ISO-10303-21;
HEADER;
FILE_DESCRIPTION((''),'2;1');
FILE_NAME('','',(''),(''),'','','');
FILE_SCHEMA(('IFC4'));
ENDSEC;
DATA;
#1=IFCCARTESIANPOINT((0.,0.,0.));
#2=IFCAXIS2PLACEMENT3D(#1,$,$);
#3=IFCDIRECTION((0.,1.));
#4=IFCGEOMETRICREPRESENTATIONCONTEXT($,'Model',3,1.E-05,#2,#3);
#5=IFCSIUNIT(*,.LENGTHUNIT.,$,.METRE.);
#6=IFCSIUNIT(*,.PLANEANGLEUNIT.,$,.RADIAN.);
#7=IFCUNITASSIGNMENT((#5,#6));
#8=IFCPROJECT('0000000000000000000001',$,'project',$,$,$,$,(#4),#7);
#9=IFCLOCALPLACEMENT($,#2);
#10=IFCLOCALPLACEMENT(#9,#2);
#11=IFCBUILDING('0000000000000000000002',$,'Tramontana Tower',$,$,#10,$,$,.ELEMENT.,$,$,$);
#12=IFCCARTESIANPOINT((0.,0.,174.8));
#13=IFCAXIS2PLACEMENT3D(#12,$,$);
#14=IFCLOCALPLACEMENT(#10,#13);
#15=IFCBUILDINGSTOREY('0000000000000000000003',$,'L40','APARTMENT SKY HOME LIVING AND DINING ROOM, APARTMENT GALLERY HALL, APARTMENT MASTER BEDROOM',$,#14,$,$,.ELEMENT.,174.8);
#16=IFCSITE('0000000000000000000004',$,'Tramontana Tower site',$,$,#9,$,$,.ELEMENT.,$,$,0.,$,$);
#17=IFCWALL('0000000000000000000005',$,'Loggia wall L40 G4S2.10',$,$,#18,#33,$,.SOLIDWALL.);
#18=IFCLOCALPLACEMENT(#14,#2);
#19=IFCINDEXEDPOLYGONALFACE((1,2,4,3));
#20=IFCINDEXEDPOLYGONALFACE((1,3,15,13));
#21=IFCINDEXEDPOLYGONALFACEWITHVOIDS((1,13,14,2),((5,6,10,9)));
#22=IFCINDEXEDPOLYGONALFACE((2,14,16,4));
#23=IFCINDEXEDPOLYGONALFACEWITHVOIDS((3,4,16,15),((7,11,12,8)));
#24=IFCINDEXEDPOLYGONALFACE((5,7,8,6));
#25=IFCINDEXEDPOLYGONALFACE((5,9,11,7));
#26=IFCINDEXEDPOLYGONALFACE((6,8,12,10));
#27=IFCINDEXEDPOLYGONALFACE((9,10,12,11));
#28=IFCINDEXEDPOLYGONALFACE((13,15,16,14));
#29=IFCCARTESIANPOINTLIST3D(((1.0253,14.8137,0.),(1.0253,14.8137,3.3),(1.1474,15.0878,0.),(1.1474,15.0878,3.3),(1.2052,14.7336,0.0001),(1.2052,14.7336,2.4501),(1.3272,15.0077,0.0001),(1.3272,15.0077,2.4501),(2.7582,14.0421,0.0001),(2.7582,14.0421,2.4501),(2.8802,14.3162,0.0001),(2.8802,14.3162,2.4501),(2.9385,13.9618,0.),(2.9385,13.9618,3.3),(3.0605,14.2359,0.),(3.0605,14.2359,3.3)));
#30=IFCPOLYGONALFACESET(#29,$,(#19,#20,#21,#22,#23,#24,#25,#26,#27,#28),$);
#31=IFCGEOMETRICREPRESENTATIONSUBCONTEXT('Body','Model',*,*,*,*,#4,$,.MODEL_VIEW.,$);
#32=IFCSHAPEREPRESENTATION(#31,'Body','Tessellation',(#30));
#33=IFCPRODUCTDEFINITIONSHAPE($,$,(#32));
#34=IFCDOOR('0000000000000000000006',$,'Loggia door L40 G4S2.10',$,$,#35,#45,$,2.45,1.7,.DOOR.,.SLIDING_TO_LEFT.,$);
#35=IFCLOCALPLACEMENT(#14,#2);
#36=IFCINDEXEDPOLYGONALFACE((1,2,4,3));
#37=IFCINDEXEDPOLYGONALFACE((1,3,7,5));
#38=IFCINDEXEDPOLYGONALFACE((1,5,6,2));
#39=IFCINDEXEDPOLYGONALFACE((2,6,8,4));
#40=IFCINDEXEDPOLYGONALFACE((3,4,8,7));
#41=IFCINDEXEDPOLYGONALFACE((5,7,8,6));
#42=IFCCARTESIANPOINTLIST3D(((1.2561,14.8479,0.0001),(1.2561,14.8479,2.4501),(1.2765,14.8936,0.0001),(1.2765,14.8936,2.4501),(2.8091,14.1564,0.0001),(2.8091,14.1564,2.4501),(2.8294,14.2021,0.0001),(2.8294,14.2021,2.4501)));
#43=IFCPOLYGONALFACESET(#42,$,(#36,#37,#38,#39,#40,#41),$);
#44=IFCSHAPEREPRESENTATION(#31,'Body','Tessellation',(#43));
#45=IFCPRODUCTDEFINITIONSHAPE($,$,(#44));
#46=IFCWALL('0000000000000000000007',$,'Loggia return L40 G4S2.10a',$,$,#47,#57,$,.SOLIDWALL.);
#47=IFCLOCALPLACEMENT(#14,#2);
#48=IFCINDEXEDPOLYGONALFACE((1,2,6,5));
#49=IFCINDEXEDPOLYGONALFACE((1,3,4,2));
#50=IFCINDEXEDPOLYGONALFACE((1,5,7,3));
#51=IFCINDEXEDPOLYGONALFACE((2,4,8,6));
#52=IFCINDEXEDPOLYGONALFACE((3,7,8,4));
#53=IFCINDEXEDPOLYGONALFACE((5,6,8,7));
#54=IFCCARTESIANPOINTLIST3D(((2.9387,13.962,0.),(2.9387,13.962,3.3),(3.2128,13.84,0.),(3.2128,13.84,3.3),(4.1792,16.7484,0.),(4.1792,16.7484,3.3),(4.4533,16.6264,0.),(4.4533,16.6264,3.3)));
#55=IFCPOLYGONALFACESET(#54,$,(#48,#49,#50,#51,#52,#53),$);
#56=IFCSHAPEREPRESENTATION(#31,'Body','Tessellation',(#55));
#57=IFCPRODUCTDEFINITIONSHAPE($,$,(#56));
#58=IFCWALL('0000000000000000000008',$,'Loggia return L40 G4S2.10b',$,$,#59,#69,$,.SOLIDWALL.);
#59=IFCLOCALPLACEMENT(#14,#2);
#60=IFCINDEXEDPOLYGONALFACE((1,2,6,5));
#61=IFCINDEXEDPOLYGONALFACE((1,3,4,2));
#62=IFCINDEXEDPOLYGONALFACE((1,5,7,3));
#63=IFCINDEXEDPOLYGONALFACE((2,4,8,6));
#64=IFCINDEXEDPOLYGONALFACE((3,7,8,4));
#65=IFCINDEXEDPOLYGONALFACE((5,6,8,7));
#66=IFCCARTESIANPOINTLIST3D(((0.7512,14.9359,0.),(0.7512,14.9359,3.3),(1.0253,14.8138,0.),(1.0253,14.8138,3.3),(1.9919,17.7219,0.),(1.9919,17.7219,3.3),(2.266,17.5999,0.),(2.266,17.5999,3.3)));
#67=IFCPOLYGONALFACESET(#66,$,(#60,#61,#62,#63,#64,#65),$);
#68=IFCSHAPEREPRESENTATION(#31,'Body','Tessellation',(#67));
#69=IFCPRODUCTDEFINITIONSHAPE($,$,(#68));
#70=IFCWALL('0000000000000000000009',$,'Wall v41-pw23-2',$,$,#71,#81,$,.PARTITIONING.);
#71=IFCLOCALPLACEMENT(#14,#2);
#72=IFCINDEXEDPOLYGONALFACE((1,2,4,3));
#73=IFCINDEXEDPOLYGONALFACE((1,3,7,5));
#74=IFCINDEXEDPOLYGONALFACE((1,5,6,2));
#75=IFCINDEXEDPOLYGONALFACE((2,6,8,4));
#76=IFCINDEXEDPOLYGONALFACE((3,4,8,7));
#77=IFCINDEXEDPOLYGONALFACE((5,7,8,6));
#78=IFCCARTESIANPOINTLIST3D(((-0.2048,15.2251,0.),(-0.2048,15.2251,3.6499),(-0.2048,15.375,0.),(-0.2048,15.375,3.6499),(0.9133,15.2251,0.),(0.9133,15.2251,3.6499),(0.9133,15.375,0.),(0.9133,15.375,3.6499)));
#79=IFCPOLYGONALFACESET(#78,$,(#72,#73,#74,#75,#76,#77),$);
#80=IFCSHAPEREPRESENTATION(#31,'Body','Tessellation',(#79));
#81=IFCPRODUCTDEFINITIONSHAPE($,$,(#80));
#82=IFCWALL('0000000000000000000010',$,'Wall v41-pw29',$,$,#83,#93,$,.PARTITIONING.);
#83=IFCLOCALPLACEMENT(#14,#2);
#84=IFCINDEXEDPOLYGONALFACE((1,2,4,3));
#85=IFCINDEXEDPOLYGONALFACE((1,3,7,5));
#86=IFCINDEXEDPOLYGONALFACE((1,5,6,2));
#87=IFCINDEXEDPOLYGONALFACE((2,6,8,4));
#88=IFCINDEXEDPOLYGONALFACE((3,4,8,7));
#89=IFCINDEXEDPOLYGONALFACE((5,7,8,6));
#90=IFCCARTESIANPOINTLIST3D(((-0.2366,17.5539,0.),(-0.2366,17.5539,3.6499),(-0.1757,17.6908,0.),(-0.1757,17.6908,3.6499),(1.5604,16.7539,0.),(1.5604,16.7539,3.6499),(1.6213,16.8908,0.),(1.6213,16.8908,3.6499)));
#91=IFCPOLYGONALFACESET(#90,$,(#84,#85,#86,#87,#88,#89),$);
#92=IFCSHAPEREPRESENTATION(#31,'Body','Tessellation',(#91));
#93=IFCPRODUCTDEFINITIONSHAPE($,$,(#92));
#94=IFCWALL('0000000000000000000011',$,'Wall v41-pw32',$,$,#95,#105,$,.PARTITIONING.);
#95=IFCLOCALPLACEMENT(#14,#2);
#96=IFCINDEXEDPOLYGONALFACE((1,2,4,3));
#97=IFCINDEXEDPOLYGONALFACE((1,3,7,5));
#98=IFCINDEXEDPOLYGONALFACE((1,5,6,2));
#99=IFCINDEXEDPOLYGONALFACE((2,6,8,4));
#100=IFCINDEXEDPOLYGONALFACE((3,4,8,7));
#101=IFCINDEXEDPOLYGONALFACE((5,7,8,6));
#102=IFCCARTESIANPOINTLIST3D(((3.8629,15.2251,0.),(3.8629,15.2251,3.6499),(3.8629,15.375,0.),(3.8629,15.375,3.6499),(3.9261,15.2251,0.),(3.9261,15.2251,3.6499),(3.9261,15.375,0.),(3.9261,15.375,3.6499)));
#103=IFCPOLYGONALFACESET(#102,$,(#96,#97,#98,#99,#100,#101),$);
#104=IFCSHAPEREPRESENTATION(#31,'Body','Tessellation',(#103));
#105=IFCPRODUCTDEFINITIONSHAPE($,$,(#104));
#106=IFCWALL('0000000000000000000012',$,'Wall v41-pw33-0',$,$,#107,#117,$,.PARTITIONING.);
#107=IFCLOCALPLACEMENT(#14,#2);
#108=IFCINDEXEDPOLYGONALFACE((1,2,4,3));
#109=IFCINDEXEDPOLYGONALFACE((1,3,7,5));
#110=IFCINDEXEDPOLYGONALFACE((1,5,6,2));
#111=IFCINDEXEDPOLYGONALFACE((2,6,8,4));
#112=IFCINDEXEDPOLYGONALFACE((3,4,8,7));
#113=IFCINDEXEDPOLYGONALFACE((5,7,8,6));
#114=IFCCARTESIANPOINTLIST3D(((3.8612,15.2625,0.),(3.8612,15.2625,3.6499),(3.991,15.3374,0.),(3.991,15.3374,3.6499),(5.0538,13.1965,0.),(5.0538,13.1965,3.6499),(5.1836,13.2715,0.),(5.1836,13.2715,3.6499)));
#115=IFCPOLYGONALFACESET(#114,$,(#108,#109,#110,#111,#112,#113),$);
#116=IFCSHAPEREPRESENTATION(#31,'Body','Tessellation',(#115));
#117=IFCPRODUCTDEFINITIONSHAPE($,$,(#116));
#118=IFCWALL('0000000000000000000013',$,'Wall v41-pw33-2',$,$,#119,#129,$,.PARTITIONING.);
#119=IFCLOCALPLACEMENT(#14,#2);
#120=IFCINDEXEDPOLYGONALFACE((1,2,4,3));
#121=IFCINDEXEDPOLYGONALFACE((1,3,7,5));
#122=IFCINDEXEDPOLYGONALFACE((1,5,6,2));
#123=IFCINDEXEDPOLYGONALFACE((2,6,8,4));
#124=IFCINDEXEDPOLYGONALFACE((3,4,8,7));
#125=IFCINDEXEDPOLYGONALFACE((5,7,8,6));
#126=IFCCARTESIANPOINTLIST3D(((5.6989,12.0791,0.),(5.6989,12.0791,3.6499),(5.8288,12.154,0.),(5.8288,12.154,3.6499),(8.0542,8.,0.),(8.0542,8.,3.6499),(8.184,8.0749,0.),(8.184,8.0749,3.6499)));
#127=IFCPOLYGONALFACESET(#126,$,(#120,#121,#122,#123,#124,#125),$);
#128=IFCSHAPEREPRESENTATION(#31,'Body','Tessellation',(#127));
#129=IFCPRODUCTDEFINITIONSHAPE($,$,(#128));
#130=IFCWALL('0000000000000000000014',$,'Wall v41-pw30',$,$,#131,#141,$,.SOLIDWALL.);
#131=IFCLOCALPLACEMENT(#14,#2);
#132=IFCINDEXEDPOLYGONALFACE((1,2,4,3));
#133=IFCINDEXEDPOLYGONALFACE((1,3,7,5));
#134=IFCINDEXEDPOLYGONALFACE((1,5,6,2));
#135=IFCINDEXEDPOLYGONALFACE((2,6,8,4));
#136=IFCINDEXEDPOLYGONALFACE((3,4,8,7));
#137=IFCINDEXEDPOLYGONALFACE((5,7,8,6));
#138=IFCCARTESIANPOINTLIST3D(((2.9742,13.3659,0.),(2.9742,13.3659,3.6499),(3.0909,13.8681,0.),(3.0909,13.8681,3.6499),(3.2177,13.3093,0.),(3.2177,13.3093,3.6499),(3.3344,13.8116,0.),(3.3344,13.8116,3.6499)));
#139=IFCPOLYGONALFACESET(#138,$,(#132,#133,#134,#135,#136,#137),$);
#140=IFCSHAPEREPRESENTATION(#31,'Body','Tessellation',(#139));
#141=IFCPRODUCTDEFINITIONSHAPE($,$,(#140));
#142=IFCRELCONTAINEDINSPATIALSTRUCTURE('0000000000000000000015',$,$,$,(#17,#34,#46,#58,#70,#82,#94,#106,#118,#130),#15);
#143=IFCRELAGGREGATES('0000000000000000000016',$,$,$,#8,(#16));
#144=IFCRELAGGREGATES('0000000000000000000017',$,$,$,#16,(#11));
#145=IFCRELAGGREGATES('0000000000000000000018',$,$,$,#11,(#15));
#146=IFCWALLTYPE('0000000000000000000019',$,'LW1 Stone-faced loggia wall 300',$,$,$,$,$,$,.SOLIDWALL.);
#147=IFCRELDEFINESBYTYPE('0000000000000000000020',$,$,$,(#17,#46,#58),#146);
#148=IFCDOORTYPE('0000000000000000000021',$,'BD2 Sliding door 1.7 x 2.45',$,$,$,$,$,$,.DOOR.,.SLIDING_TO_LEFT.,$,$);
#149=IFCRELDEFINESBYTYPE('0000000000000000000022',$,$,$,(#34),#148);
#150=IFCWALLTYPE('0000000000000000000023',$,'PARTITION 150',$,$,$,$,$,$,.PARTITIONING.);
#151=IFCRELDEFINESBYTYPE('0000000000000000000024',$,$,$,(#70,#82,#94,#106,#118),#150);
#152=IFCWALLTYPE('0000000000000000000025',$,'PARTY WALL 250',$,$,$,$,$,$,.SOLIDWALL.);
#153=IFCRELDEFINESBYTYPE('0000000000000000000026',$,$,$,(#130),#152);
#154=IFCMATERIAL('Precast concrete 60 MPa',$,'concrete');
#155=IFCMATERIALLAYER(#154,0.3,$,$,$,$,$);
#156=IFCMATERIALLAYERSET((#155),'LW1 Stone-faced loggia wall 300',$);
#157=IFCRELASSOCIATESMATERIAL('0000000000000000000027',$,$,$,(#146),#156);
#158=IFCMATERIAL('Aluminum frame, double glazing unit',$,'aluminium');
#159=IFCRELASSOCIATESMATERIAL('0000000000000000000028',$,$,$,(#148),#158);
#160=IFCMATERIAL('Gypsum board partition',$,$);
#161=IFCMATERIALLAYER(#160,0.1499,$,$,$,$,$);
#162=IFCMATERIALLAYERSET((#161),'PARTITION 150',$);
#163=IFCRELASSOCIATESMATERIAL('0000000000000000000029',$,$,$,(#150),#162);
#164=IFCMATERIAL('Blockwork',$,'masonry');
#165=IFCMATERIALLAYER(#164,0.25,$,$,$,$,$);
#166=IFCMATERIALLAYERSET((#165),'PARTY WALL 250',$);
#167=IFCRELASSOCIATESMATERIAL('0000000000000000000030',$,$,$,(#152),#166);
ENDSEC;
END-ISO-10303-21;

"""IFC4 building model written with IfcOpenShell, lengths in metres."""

from ifc_helpers import new_model, si_unit, direction, frame, frame_2d, origin, place, context, subcontext, project, spatial, rectangle, extrude, material, layer, layer_set, type_object, element, fill, save


model = new_model("IFC4")

# Units and contexts
model_context = context("Model", 3, precision=1e-05, world=origin(), true_north=direction((0.0, 1.0)))
body_context = subcontext(model_context, "Body", "Model", "MODEL_VIEW")
ifc_project = project(units=[si_unit("LENGTHUNIT", "METRE"), si_unit("PLANEANGLEUNIT", "RADIAN")], contexts=[model_context])

# Site, building, storey
site_placement = place(None, origin())
site = spatial("IfcSite", under=ifc_project, at=site_placement, Name="Tramontana Tower site", CompositionType="ELEMENT", RefElevation=0.0)
building_placement = place(site_placement, origin())
building = spatial("IfcBuilding", under=site, at=building_placement, Name="Tramontana Tower", CompositionType="ELEMENT")
storey_placement = place(building_placement, frame((0.0, 0.0, 174.8)))
storey = spatial("IfcBuildingStorey", under=building, at=storey_placement, Name="L40", Description="APARTMENT SKY HOME LIVING AND DINING ROOM, APARTMENT GALLERY HALL, APARTMENT MASTER BEDROOM", CompositionType="ELEMENT", Elevation=174.8)

# Wall, opening, door
ifc_material_1 = material(Name="Precast concrete 60 MPa", Category="concrete")
ifc_layer_1 = layer(ifc_material_1, 0.3)
ifc_layer_set_1 = layer_set([ifc_layer_1], Name="LW1 Stone-faced loggia wall 300")
wall_type_1 = type_object("IfcWallType", Name="LW1 Stone-faced loggia wall 300", PredefinedType="SOLIDWALL", material=ifc_layer_set_1)
wall_1_placement = place(storey_placement, frame((2.9995, 14.0989, 0.0), z_axis=(0.0, 0.0, 1.0), x_axis=(-0.913537, 0.406755, 0.0)))
wall_1 = element("IfcWall", 1, at=wall_1_placement, inside=storey, type_object=wall_type_1, Name="Loggia wall L40 G4S2.10", PredefinedType="SOLIDWALL", context=body_context, shape_type="SweptSolid", body=[
    extrude(rectangle(XDim=2.0942, YDim=0.3, at=frame_2d((1.0471, 0.0))), origin(), (0.0, 0.0, 1.0), 3.3),
])
opening_1_placement = place(wall_1_placement, frame((0.1973, 0.0, 0.0)))
opening_1 = element("IfcOpeningElement", 2, at=opening_1_placement, cuts=wall_1, PredefinedType="OPENING", context=body_context, shape_type="SweptSolid", body=[
    extrude(rectangle(XDim=1.7, YDim=2.45, at=frame_2d((0.8501, 1.2251))), frame((0.0, 0.1599, 0.0), z_axis=(0.0, -1.0, 0.0), x_axis=(1.0, 0.0, 0.0)), (0.0, 0.0, 1.0), 0.3201),
])
ifc_material_2 = material(Name="Aluminum frame, double glazing unit", Category="aluminium")
door_type_1 = type_object("IfcDoorType", Name="BD2 Sliding door 1.7 x 2.45", OperationType="SLIDING_TO_LEFT", PredefinedType="DOOR", material=ifc_material_2)
door_1_placement = place(opening_1_placement, origin())
door_1 = element("IfcDoor", 3, at=door_1_placement, inside=storey, type_object=door_type_1, Name="Loggia door L40 G4S2.10", OperationType="SLIDING_TO_LEFT", OverallHeight=2.45, OverallWidth=1.7, PredefinedType="DOOR", context=body_context, shape_type="SweptSolid", body=[
    extrude(rectangle(XDim=1.7, YDim=2.45, at=frame_2d((0.8501, 1.2251))), frame((0.0, 0.0249, 0.0), z_axis=(0.0, -1.0, 0.0), x_axis=(1.0, 0.0, 0.0)), (0.0, 0.0, 1.0), 0.05),
])
fill(opening_1, door_1)

# Walls
wall_2_placement = place(storey_placement, frame((4.3162, 16.6873, 0.0), z_axis=(0.0, 0.0, 1.0), x_axis=(-0.40671, -0.913557, 0.0)))
element("IfcWall", 4, at=wall_2_placement, inside=storey, type_object=wall_type_1, Name="Loggia return L40 G4S2.10a", PredefinedType="SOLIDWALL", context=body_context, shape_type="SweptSolid", body=[
    extrude(rectangle(XDim=3.05, YDim=0.3, at=frame_2d((1.5249, 0.0))), origin(), (0.0, 0.0, 1.0), 3.3),
])
wall_3_placement = place(storey_placement, frame((2.1289, 17.6609, 0.0), z_axis=(0.0, 0.0, 1.0), x_axis=(-0.406807, -0.913514, 0.0)))
element("IfcWall", 5, at=wall_3_placement, inside=storey, type_object=wall_type_1, Name="Loggia return L40 G4S2.10b", PredefinedType="SOLIDWALL", context=body_context, shape_type="SweptSolid", body=[
    extrude(rectangle(XDim=3.0498, YDim=0.3, at=frame_2d((1.5249, 0.0))), origin(), (0.0, 0.0, 1.0), 3.3),
])
ifc_material_3 = material(Name="Gypsum board partition")
ifc_layer_2 = layer(ifc_material_3, 0.1499)
ifc_layer_set_2 = layer_set([ifc_layer_2], Name="PARTITION 150")
wall_type_2 = type_object("IfcWallType", Name="PARTITION 150", PredefinedType="PARTITIONING", material=ifc_layer_set_2)
wall_4_placement = place(storey_placement, frame((-0.2048, 15.3, 0.0), z_axis=(0.0, 0.0, 1.0), x_axis=(1.0, 0.0, 0.0)))
element("IfcWall", 6, at=wall_4_placement, inside=storey, type_object=wall_type_2, Name="Wall v41-pw23-2", PredefinedType="PARTITIONING", context=body_context, shape_type="SweptSolid", body=[
    extrude(rectangle(XDim=1.1182, YDim=0.1499, at=frame_2d((0.5591, 0.0))), origin(), (0.0, 0.0, 1.0), 3.6499),
])
wall_5_placement = place(storey_placement, frame((-0.2061, 17.6223, 0.0), z_axis=(0.0, 0.0, 1.0), x_axis=(0.913561, -0.406703, 0.0)))
element("IfcWall", 7, at=wall_5_placement, inside=storey, type_object=wall_type_2, Name="Wall v41-pw29", PredefinedType="PARTITIONING", context=body_context, shape_type="SweptSolid", body=[
    extrude(rectangle(XDim=1.967, YDim=0.1499, at=frame_2d((0.9834, 0.0))), origin(), (0.0, 0.0, 1.0), 3.6499),
])
wall_6_placement = place(storey_placement, frame((3.8628, 15.3, 0.0), z_axis=(0.0, 0.0, 1.0), x_axis=(1.0, 0.0, 0.0)))
element("IfcWall", 8, at=wall_6_placement, inside=storey, type_object=wall_type_2, Name="Wall v41-pw32", PredefinedType="PARTITIONING", context=body_context, shape_type="SweptSolid", body=[
    extrude(rectangle(XDim=0.0632, YDim=0.1499, at=frame_2d((0.0317, 0.0))), origin(), (0.0, 0.0, 1.0), 3.6499),
])
wall_7_placement = place(storey_placement, frame((3.926, 15.3, 0.0), z_axis=(0.0, 0.0, 1.0), x_axis=(0.499959, -0.866049, 0.0)))
element("IfcWall", 9, at=wall_7_placement, inside=storey, type_object=wall_type_2, Name="Wall v41-pw33-0", PredefinedType="PARTITIONING", context=body_context, shape_type="SweptSolid", body=[
    extrude(rectangle(XDim=2.3855, YDim=0.1499, at=frame_2d((1.1929, 0.0))), origin(), (0.0, 0.0, 1.0), 3.6499),
])

# Walls
wall_8_placement = place(storey_placement, frame((5.7639, 12.1165, 0.0), z_axis=(0.0, 0.0, 1.0), x_axis=(0.500025, -0.866011, 0.0)))
element("IfcWall", 10, at=wall_8_placement, inside=storey, type_object=wall_type_2, Name="Wall v41-pw33-2", PredefinedType="PARTITIONING", context=body_context, shape_type="SweptSolid", body=[
    extrude(rectangle(XDim=4.7102, YDim=0.1499, at=frame_2d((2.355, 0.0))), origin(), (0.0, 0.0, 1.0), 3.6499),
])
ifc_material_4 = material(Name="Blockwork", Category="masonry")
ifc_layer_3 = layer(ifc_material_4, 0.25)
ifc_layer_set_3 = layer_set([ifc_layer_3], Name="PARTY WALL 250")
wall_type_3 = type_object("IfcWallType", Name="PARTY WALL 250", PredefinedType="SOLIDWALL", material=ifc_layer_set_3)
wall_9_placement = place(storey_placement, frame((3.2126, 13.8398, 0.0), z_axis=(0.0, 0.0, 1.0), x_axis=(-0.226346, -0.974047, 0.0)))
element("IfcWall", 11, at=wall_9_placement, inside=storey, type_object=wall_type_3, Name="Wall v41-pw30", PredefinedType="SOLIDWALL", context=body_context, shape_type="SweptSolid", body=[
    extrude(rectangle(XDim=0.5156, YDim=0.25, at=frame_2d((0.2578, 0.0))), origin(), (0.0, 0.0, 1.0), 3.6499),
])

save(model, "model.ifc")
